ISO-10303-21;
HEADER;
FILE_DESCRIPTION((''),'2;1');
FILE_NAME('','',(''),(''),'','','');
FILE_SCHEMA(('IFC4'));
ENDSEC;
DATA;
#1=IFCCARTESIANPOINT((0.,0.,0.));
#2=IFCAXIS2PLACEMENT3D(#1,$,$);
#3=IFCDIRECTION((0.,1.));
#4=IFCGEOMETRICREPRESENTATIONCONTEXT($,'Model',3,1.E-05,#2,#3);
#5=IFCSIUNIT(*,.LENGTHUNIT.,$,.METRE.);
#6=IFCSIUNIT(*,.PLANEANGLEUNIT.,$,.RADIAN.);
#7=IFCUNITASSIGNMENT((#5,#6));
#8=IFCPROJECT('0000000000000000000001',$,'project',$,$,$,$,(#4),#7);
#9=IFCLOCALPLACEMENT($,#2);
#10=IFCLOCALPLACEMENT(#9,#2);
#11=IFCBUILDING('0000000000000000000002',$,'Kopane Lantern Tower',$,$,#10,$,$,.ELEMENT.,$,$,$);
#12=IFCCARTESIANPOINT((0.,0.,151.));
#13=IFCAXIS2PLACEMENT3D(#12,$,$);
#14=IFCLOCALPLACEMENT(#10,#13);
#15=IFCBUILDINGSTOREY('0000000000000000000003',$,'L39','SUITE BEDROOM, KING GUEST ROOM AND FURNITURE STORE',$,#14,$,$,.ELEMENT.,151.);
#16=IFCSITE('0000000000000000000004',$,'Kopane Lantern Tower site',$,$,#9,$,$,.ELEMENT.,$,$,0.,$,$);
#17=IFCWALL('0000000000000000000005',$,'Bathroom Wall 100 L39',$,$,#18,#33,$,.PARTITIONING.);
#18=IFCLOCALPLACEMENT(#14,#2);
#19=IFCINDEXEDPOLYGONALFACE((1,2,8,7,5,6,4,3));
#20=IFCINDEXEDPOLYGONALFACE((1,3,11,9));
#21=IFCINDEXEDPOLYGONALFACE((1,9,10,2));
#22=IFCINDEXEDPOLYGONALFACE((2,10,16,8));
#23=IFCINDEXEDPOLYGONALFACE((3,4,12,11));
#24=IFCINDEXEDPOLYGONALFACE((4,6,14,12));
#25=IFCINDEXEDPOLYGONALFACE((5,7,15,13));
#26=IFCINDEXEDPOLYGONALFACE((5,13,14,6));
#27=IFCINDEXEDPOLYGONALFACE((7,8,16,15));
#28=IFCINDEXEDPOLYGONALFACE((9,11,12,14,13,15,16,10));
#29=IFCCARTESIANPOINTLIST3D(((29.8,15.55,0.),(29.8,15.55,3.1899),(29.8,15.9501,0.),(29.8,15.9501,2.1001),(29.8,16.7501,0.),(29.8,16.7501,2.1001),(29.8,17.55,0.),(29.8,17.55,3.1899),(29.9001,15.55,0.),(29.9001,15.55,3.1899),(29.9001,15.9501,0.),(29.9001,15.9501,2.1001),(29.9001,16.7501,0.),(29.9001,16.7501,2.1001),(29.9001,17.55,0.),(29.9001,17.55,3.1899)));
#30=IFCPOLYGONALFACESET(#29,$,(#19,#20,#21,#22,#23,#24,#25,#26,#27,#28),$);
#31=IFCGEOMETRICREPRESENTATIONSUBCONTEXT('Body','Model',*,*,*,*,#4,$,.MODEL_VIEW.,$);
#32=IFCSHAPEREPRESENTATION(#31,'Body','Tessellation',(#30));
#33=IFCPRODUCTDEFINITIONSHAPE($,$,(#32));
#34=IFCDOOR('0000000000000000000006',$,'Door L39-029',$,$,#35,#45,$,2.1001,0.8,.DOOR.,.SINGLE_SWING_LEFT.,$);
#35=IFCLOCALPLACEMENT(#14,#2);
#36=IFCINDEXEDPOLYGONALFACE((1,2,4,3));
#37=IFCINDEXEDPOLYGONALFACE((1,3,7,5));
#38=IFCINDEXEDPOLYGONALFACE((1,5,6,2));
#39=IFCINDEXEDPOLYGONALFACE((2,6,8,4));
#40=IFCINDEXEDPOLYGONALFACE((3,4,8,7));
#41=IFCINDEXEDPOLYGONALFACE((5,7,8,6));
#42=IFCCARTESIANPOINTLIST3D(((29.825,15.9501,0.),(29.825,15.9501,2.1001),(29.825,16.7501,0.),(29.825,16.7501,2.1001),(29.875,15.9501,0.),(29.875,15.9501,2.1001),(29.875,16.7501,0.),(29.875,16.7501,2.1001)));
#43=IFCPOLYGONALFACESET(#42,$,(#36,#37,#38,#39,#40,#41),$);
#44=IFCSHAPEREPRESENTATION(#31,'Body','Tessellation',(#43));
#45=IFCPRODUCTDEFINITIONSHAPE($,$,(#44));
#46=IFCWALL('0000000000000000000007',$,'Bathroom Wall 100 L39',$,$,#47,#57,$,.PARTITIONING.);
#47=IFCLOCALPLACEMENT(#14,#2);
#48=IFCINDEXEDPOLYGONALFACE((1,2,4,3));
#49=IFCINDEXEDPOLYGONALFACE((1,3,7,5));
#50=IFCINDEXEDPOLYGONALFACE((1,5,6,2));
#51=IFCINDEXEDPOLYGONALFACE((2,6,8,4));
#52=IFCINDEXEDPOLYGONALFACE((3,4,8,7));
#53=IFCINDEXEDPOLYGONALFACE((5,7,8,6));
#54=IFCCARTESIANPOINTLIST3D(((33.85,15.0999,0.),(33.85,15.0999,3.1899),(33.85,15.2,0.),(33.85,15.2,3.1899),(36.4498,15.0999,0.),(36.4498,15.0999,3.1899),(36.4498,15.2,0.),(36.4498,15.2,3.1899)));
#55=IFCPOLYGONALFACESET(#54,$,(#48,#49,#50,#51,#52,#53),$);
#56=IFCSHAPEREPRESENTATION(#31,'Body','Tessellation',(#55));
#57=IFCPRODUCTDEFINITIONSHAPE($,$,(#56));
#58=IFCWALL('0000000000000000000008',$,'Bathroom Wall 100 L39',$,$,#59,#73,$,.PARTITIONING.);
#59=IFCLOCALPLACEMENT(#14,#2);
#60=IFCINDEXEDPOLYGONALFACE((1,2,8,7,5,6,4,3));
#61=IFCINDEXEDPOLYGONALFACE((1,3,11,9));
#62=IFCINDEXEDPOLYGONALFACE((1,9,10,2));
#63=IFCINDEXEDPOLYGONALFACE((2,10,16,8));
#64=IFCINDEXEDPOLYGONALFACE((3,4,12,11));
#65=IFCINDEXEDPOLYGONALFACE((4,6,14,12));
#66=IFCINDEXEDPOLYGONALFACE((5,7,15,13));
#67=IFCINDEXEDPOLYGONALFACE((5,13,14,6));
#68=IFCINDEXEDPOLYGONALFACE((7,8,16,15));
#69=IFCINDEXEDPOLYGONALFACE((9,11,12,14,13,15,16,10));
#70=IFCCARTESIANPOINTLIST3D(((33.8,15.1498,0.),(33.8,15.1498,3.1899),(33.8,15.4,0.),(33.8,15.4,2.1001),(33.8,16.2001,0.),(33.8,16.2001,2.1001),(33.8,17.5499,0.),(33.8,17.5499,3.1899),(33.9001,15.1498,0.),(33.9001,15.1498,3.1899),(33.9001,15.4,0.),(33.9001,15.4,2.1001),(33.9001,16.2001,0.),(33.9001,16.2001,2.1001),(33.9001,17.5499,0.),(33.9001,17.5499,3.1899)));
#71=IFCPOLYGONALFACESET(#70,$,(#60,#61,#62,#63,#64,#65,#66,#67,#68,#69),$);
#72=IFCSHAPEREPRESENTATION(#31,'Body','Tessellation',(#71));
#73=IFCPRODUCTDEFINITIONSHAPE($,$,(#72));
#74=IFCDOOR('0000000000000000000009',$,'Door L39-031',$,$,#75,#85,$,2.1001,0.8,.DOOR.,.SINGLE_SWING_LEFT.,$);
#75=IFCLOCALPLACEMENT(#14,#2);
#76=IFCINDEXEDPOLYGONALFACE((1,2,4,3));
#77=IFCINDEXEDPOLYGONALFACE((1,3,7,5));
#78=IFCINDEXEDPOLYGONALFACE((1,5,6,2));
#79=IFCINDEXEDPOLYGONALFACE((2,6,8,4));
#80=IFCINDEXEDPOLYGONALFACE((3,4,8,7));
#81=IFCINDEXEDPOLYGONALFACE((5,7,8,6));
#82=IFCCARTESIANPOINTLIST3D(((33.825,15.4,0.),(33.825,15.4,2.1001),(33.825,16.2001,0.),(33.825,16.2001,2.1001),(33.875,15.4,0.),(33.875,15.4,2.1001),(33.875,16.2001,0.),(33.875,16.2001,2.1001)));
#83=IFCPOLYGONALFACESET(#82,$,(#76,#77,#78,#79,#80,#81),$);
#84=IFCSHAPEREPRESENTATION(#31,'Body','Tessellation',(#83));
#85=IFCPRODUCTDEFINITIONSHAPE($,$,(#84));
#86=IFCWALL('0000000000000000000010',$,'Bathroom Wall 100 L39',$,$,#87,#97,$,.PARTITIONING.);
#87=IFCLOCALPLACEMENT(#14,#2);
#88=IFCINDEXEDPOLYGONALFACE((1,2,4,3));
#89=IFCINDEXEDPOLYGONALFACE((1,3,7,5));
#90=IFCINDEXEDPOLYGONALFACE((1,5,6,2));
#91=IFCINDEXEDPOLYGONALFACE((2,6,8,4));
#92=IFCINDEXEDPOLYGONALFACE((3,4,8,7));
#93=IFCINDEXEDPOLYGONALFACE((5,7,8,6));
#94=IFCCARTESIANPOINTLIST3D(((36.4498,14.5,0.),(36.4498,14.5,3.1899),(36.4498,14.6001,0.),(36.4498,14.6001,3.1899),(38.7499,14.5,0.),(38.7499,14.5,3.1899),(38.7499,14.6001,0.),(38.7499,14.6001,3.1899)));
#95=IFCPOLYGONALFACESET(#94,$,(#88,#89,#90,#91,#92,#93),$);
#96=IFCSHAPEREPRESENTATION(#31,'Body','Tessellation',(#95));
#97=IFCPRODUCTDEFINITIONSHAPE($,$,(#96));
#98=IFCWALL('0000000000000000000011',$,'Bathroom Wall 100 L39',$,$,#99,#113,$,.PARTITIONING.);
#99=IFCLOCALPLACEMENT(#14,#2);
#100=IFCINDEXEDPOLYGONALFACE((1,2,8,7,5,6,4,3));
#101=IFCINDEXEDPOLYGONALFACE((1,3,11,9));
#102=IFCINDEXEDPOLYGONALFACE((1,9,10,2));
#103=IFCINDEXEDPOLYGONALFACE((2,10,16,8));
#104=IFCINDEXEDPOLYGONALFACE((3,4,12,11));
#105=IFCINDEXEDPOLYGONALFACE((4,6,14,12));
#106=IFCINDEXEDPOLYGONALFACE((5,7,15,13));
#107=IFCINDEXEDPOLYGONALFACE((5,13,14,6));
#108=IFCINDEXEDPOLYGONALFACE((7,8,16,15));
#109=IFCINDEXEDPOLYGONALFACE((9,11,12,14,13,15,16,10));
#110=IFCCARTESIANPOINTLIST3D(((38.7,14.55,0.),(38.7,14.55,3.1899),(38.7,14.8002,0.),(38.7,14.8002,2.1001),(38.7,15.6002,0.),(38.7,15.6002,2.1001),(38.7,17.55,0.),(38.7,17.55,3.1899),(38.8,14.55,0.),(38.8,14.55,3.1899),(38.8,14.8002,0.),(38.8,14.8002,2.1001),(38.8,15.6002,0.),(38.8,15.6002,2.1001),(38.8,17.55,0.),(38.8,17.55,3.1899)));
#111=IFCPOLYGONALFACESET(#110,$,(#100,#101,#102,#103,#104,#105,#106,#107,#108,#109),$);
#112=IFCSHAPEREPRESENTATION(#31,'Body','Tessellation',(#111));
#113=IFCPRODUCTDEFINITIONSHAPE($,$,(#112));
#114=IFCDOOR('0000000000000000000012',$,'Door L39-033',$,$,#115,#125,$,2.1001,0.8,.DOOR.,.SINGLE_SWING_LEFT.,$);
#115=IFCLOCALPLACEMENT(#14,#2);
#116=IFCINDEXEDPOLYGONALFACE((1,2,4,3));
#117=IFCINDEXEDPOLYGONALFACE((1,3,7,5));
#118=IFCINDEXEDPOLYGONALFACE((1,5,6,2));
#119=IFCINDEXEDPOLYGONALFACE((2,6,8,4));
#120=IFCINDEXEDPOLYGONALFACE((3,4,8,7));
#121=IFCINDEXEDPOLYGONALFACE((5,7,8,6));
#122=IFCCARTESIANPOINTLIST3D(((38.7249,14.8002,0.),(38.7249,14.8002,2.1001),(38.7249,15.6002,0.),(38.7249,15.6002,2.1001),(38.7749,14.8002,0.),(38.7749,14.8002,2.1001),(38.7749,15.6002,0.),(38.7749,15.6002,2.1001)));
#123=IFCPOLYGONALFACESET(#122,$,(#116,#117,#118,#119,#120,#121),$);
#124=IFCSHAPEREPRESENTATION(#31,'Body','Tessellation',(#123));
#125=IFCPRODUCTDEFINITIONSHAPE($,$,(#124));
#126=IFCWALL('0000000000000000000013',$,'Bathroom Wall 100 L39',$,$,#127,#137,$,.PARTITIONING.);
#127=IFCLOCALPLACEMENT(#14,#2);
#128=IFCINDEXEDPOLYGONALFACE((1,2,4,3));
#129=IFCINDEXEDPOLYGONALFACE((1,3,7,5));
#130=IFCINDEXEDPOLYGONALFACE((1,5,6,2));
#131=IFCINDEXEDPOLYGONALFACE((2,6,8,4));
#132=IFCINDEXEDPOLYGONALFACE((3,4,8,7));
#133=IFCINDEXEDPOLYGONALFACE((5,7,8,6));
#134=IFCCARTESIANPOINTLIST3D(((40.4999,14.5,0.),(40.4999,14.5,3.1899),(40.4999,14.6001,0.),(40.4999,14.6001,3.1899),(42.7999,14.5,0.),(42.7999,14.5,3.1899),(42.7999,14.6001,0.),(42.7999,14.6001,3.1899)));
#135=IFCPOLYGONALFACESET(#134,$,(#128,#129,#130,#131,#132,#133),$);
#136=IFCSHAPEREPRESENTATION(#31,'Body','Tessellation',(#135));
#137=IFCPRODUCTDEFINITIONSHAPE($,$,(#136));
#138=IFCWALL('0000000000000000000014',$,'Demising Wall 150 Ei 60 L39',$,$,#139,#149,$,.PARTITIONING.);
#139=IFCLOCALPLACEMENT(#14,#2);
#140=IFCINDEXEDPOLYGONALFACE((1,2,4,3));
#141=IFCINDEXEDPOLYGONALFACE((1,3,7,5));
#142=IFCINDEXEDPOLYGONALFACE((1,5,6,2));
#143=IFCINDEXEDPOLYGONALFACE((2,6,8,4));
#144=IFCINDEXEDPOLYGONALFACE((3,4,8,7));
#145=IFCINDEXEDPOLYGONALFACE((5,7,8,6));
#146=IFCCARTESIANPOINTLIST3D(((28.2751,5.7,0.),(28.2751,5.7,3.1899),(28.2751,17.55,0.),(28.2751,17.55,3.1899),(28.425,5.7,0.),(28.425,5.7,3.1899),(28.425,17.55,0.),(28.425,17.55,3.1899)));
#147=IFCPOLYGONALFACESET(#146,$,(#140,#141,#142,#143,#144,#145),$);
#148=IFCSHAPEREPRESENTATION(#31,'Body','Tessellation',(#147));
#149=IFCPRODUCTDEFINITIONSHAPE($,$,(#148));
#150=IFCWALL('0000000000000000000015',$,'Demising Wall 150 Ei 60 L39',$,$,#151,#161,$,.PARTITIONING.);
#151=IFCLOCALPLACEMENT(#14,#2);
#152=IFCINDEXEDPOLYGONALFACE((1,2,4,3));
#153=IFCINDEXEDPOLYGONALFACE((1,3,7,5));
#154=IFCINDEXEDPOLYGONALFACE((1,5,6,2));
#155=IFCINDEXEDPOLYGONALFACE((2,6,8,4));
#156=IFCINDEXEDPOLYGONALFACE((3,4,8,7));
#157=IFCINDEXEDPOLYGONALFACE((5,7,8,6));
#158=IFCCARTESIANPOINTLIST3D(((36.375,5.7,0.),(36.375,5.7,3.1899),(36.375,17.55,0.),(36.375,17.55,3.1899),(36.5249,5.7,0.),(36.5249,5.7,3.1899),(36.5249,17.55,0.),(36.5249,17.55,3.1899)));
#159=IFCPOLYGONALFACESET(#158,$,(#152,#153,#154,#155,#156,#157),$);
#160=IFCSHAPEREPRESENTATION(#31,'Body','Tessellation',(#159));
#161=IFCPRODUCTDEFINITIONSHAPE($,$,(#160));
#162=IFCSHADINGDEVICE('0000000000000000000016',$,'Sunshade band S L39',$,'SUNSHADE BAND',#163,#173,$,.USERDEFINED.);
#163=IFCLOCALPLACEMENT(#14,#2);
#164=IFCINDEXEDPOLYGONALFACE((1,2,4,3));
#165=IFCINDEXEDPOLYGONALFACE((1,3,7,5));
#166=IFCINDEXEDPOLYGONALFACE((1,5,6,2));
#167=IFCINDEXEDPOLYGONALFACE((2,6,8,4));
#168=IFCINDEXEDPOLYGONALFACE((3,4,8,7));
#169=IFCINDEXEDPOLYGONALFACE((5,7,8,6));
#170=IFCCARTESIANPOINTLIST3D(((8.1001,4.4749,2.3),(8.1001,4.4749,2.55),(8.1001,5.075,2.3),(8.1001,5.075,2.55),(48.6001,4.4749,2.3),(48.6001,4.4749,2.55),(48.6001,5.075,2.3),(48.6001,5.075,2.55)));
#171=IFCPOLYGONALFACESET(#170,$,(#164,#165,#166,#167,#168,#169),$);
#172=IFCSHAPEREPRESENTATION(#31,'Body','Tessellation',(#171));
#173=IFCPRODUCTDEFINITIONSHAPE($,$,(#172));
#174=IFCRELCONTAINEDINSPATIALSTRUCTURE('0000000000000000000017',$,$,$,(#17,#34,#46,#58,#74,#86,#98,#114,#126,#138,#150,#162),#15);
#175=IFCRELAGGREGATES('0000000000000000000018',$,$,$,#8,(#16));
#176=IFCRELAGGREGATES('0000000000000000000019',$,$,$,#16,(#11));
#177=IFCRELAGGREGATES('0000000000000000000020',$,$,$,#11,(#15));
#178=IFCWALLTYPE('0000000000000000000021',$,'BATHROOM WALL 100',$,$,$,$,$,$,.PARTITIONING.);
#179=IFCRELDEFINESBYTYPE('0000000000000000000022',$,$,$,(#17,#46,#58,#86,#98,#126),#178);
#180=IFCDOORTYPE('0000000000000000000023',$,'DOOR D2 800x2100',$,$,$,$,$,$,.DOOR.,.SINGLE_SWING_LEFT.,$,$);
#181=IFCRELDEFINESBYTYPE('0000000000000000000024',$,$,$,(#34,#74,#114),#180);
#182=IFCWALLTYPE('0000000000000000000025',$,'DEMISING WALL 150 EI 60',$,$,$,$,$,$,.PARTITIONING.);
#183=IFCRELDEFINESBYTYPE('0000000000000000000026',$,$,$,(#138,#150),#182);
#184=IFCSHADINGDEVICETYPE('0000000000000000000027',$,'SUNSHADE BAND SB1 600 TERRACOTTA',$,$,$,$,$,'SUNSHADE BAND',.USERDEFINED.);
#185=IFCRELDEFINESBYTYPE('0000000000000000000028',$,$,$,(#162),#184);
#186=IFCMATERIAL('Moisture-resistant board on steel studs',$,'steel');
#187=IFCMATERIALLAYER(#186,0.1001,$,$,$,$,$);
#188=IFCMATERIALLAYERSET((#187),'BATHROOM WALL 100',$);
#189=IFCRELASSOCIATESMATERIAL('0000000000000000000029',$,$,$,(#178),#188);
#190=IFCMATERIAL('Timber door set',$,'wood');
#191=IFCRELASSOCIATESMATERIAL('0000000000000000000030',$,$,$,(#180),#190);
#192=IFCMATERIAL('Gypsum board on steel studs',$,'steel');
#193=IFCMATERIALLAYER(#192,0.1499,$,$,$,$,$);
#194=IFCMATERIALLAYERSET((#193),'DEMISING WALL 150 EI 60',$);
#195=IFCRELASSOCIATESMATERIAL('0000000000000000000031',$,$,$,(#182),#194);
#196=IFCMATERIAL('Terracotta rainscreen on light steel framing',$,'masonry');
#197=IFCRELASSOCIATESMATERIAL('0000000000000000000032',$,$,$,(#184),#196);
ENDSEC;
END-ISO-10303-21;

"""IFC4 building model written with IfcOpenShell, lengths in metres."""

from ifc_helpers import new_model, si_unit, direction, frame, frame_2d, origin, origin_2d, place, context, subcontext, project, spatial, rectangle, extrude, material, layer, layer_set, type_object, element, fill, save


model = new_model("IFC4")

# Units and contexts
model_context = context("Model", 3, precision=1e-05, world=origin(), true_north=direction((0.0, 1.0)))
body_context = subcontext(model_context, "Body", "Model", "MODEL_VIEW")
ifc_project = project(units=[si_unit("LENGTHUNIT", "METRE"), si_unit("PLANEANGLEUNIT", "RADIAN")], contexts=[model_context])

# Site, building, storey
site_placement = place(None, origin())
site = spatial("IfcSite", under=ifc_project, at=site_placement, Name="Kopane Lantern Tower site", CompositionType="ELEMENT", RefElevation=0.0)
building_placement = place(site_placement, origin())
building = spatial("IfcBuilding", under=site, at=building_placement, Name="Kopane Lantern Tower", CompositionType="ELEMENT")
storey_placement = place(building_placement, frame((0.0, 0.0, 151.0)))
storey = spatial("IfcBuildingStorey", under=building, at=storey_placement, Name="L39", Description="SUITE BEDROOM, KING GUEST ROOM AND FURNITURE STORE", CompositionType="ELEMENT", Elevation=151.0)

# Shared definitions
ifc_material_1 = material(Name="Moisture-resistant board on steel studs", Category="steel")
ifc_layer_1 = layer(ifc_material_1, 0.1001)
ifc_layer_set_1 = layer_set([ifc_layer_1], Name="BATHROOM WALL 100")
wall_type_1 = type_object("IfcWallType", Name="BATHROOM WALL 100", PredefinedType="PARTITIONING", material=ifc_layer_set_1)

# Wall, opening, door
wall_1_placement = place(storey_placement, frame((29.8501, 17.55, 0.0), z_axis=(0.0, 0.0, 1.0), x_axis=(0.0, -1.0, 0.0)))
wall_1 = element("IfcWall", 1, at=wall_1_placement, inside=storey, type_object=wall_type_1, Name="Bathroom Wall 100 L39", PredefinedType="PARTITIONING", context=body_context, shape_type="SweptSolid", body=[
    extrude(rectangle(XDim=2.0, YDim=0.1001, at=frame_2d((1.0, 0.0))), origin(), (0.0, 0.0, 1.0), 3.1899),
])
opening_1_placement = place(wall_1_placement, frame((0.8, 0.0, 0.0)))
opening_1 = element("IfcOpeningElement", 2, at=opening_1_placement, cuts=wall_1, PredefinedType="OPENING", context=body_context, shape_type="SweptSolid", body=[
    extrude(rectangle(XDim=0.8, YDim=2.1001, at=frame_2d((0.3999, 1.05))), frame((0.0, 0.0601, 0.0), z_axis=(0.0, -1.0, 0.0), x_axis=(1.0, 0.0, 0.0)), (0.0, 0.0, 1.0), 0.1201),
])
ifc_material_2 = material(Name="Timber door set", Category="wood")
door_type_1 = type_object("IfcDoorType", Name="DOOR D2 800x2100", OperationType="SINGLE_SWING_LEFT", PredefinedType="DOOR", material=ifc_material_2)
door_1_placement = place(opening_1_placement, origin())
door_1 = element("IfcDoor", 3, at=door_1_placement, inside=storey, type_object=door_type_1, Name="Door L39-029", OperationType="SINGLE_SWING_LEFT", OverallHeight=2.1001, OverallWidth=0.8, PredefinedType="DOOR", context=body_context, shape_type="SweptSolid", body=[
    extrude(rectangle(XDim=0.8, YDim=2.1001, at=frame_2d((0.3999, 1.05))), frame((0.0, 0.0249, 0.0), z_axis=(0.0, -1.0, 0.0), x_axis=(1.0, 0.0, 0.0)), (0.0, 0.0, 1.0), 0.05),
])
fill(opening_1, door_1)

# Wall
wall_2_placement = place(storey_placement, frame((33.8501, 15.1499, 0.0), z_axis=(0.0, 0.0, 1.0), x_axis=(1.0, 0.0, 0.0)))
element("IfcWall", 4, at=wall_2_placement, inside=storey, type_object=wall_type_1, Name="Bathroom Wall 100 L39", PredefinedType="PARTITIONING", context=body_context, shape_type="SweptSolid", body=[
    extrude(rectangle(XDim=2.5999, YDim=0.1001, at=frame_2d((1.2998, 0.0))), origin(), (0.0, 0.0, 1.0), 3.1899),
])

# Wall, opening, door
wall_3_placement = place(storey_placement, frame((33.8501, 17.55, 0.0), z_axis=(0.0, 0.0, 1.0), x_axis=(0.0, -1.0, 0.0)))
wall_3 = element("IfcWall", 5, at=wall_3_placement, inside=storey, type_object=wall_type_1, Name="Bathroom Wall 100 L39", PredefinedType="PARTITIONING", context=body_context, shape_type="SweptSolid", body=[
    extrude(rectangle(XDim=2.4001, YDim=0.1001, at=frame_2d((1.2002, 0.0))), origin(), (0.0, 0.0, 1.0), 3.1899),
])
opening_2_placement = place(wall_3_placement, frame((1.3501, 0.0, 0.0)))
opening_2 = element("IfcOpeningElement", 6, at=opening_2_placement, cuts=wall_3, PredefinedType="OPENING", context=body_context, shape_type="SweptSolid", body=[
    extrude(rectangle(XDim=0.8, YDim=2.1001, at=frame_2d((0.3999, 1.05))), frame((0.0, 0.0601, 0.0), z_axis=(0.0, -1.0, 0.0), x_axis=(1.0, 0.0, 0.0)), (0.0, 0.0, 1.0), 0.1201),
])
door_2_placement = place(opening_2_placement, origin())
door_2 = element("IfcDoor", 7, at=door_2_placement, inside=storey, type_object=door_type_1, Name="Door L39-031", OperationType="SINGLE_SWING_LEFT", OverallHeight=2.1001, OverallWidth=0.8, PredefinedType="DOOR", context=body_context, shape_type="SweptSolid", body=[
    extrude(rectangle(XDim=0.8, YDim=2.1001, at=frame_2d((0.3999, 1.05))), frame((0.0, 0.0249, 0.0), z_axis=(0.0, -1.0, 0.0), x_axis=(1.0, 0.0, 0.0)), (0.0, 0.0, 1.0), 0.05),
])
fill(opening_2, door_2)

# Wall
wall_4_placement = place(storey_placement, frame((36.45, 14.55, 0.0), z_axis=(0.0, 0.0, 1.0), x_axis=(1.0, 0.0, 0.0)))
element("IfcWall", 8, at=wall_4_placement, inside=storey, type_object=wall_type_1, Name="Bathroom Wall 100 L39", PredefinedType="PARTITIONING", context=body_context, shape_type="SweptSolid", body=[
    extrude(rectangle(XDim=2.3, YDim=0.1001, at=frame_2d((1.1499, 0.0))), origin(), (0.0, 0.0, 1.0), 3.1899),
])

# Wall, opening, door
wall_5_placement = place(storey_placement, frame((38.75, 17.55, 0.0), z_axis=(0.0, 0.0, 1.0), x_axis=(0.0, -1.0, 0.0)))
wall_5 = element("IfcWall", 9, at=wall_5_placement, inside=storey, type_object=wall_type_1, Name="Bathroom Wall 100 L39", PredefinedType="PARTITIONING", context=body_context, shape_type="SweptSolid", body=[
    extrude(rectangle(XDim=3.0, YDim=0.1001, at=frame_2d((1.5, 0.0))), origin(), (0.0, 0.0, 1.0), 3.1899),
])
opening_3_placement = place(wall_5_placement, frame((1.95, 0.0, 0.0)))
opening_3 = element("IfcOpeningElement", 10, at=opening_3_placement, cuts=wall_5, PredefinedType="OPENING", context=body_context, shape_type="SweptSolid", body=[
    extrude(rectangle(XDim=0.8, YDim=2.1001, at=frame_2d((0.3999, 1.05))), frame((0.0, 0.0601, 0.0), z_axis=(0.0, -1.0, 0.0), x_axis=(1.0, 0.0, 0.0)), (0.0, 0.0, 1.0), 0.1201),
])
door_3_placement = place(opening_3_placement, origin())
door_3 = element("IfcDoor", 11, at=door_3_placement, inside=storey, type_object=door_type_1, Name="Door L39-033", OperationType="SINGLE_SWING_LEFT", OverallHeight=2.1001, OverallWidth=0.8, PredefinedType="DOOR", context=body_context, shape_type="SweptSolid", body=[
    extrude(rectangle(XDim=0.8, YDim=2.1001, at=frame_2d((0.3999, 1.05))), frame((0.0, 0.0249, 0.0), z_axis=(0.0, -1.0, 0.0), x_axis=(1.0, 0.0, 0.0)), (0.0, 0.0, 1.0), 0.05),
])
fill(opening_3, door_3)

# Walls
wall_6_placement = place(storey_placement, frame((40.5, 14.55, 0.0), z_axis=(0.0, 0.0, 1.0), x_axis=(1.0, 0.0, 0.0)))
element("IfcWall", 12, at=wall_6_placement, inside=storey, type_object=wall_type_1, Name="Bathroom Wall 100 L39", PredefinedType="PARTITIONING", context=body_context, shape_type="SweptSolid", body=[
    extrude(rectangle(XDim=2.3, YDim=0.1001, at=frame_2d((1.1499, 0.0))), origin(), (0.0, 0.0, 1.0), 3.1899),
])
ifc_material_3 = material(Name="Gypsum board on steel studs", Category="steel")
ifc_layer_2 = layer(ifc_material_3, 0.1499)
ifc_layer_set_2 = layer_set([ifc_layer_2], Name="DEMISING WALL 150 EI 60")
wall_type_2 = type_object("IfcWallType", Name="DEMISING WALL 150 EI 60", PredefinedType="PARTITIONING", material=ifc_layer_set_2)
for number, where, z_axis, x_axis, name in (
    (13, (28.3501, 17.55, 0.0), (0.0, 0.0, 1.0), (0.0, -1.0, 0.0), "Demising Wall 150 Ei 60 L39"),
    (14, (36.45, 17.55, 0.0), (0.0, 0.0, 1.0), (0.0, -1.0, 0.0), "Demising Wall 150 Ei 60 L39"),
):
    element("IfcWall", number, at=place(storey_placement, frame(where, z_axis=z_axis, x_axis=x_axis)), inside=storey, type_object=wall_type_2, Name=name, PredefinedType="PARTITIONING", context=body_context, shape_type="SweptSolid", body=[
        extrude(rectangle(XDim=11.8501, YDim=0.1499, at=frame_2d((5.925, 0.0))), origin(), (0.0, 0.0, 1.0), 3.1899),
    ])

# Shading device
ifc_material_4 = material(Name="Terracotta rainscreen on light steel framing", Category="masonry")
shading_device_type = type_object("IfcShadingDeviceType", Name="SUNSHADE BAND SB1 600 TERRACOTTA", ElementType="SUNSHADE BAND", PredefinedType="USERDEFINED", material=ifc_material_4)
shading_device_placement = place(storey_placement, frame((28.3501, 4.7749, 2.3), z_axis=(0.0, 0.0, 1.0), x_axis=(1.0, 0.0, 0.0)))
element("IfcShadingDevice", 15, at=shading_device_placement, inside=storey, type_object=shading_device_type, Name="Sunshade band S L39", ObjectType="SUNSHADE BAND", PredefinedType="USERDEFINED", context=body_context, shape_type="SweptSolid", body=[
    extrude(rectangle(XDim=40.5, YDim=0.6001, at=origin_2d()), origin(), (0.0, 0.0, 1.0), 0.25),
])

save(model, "model.ifc")
